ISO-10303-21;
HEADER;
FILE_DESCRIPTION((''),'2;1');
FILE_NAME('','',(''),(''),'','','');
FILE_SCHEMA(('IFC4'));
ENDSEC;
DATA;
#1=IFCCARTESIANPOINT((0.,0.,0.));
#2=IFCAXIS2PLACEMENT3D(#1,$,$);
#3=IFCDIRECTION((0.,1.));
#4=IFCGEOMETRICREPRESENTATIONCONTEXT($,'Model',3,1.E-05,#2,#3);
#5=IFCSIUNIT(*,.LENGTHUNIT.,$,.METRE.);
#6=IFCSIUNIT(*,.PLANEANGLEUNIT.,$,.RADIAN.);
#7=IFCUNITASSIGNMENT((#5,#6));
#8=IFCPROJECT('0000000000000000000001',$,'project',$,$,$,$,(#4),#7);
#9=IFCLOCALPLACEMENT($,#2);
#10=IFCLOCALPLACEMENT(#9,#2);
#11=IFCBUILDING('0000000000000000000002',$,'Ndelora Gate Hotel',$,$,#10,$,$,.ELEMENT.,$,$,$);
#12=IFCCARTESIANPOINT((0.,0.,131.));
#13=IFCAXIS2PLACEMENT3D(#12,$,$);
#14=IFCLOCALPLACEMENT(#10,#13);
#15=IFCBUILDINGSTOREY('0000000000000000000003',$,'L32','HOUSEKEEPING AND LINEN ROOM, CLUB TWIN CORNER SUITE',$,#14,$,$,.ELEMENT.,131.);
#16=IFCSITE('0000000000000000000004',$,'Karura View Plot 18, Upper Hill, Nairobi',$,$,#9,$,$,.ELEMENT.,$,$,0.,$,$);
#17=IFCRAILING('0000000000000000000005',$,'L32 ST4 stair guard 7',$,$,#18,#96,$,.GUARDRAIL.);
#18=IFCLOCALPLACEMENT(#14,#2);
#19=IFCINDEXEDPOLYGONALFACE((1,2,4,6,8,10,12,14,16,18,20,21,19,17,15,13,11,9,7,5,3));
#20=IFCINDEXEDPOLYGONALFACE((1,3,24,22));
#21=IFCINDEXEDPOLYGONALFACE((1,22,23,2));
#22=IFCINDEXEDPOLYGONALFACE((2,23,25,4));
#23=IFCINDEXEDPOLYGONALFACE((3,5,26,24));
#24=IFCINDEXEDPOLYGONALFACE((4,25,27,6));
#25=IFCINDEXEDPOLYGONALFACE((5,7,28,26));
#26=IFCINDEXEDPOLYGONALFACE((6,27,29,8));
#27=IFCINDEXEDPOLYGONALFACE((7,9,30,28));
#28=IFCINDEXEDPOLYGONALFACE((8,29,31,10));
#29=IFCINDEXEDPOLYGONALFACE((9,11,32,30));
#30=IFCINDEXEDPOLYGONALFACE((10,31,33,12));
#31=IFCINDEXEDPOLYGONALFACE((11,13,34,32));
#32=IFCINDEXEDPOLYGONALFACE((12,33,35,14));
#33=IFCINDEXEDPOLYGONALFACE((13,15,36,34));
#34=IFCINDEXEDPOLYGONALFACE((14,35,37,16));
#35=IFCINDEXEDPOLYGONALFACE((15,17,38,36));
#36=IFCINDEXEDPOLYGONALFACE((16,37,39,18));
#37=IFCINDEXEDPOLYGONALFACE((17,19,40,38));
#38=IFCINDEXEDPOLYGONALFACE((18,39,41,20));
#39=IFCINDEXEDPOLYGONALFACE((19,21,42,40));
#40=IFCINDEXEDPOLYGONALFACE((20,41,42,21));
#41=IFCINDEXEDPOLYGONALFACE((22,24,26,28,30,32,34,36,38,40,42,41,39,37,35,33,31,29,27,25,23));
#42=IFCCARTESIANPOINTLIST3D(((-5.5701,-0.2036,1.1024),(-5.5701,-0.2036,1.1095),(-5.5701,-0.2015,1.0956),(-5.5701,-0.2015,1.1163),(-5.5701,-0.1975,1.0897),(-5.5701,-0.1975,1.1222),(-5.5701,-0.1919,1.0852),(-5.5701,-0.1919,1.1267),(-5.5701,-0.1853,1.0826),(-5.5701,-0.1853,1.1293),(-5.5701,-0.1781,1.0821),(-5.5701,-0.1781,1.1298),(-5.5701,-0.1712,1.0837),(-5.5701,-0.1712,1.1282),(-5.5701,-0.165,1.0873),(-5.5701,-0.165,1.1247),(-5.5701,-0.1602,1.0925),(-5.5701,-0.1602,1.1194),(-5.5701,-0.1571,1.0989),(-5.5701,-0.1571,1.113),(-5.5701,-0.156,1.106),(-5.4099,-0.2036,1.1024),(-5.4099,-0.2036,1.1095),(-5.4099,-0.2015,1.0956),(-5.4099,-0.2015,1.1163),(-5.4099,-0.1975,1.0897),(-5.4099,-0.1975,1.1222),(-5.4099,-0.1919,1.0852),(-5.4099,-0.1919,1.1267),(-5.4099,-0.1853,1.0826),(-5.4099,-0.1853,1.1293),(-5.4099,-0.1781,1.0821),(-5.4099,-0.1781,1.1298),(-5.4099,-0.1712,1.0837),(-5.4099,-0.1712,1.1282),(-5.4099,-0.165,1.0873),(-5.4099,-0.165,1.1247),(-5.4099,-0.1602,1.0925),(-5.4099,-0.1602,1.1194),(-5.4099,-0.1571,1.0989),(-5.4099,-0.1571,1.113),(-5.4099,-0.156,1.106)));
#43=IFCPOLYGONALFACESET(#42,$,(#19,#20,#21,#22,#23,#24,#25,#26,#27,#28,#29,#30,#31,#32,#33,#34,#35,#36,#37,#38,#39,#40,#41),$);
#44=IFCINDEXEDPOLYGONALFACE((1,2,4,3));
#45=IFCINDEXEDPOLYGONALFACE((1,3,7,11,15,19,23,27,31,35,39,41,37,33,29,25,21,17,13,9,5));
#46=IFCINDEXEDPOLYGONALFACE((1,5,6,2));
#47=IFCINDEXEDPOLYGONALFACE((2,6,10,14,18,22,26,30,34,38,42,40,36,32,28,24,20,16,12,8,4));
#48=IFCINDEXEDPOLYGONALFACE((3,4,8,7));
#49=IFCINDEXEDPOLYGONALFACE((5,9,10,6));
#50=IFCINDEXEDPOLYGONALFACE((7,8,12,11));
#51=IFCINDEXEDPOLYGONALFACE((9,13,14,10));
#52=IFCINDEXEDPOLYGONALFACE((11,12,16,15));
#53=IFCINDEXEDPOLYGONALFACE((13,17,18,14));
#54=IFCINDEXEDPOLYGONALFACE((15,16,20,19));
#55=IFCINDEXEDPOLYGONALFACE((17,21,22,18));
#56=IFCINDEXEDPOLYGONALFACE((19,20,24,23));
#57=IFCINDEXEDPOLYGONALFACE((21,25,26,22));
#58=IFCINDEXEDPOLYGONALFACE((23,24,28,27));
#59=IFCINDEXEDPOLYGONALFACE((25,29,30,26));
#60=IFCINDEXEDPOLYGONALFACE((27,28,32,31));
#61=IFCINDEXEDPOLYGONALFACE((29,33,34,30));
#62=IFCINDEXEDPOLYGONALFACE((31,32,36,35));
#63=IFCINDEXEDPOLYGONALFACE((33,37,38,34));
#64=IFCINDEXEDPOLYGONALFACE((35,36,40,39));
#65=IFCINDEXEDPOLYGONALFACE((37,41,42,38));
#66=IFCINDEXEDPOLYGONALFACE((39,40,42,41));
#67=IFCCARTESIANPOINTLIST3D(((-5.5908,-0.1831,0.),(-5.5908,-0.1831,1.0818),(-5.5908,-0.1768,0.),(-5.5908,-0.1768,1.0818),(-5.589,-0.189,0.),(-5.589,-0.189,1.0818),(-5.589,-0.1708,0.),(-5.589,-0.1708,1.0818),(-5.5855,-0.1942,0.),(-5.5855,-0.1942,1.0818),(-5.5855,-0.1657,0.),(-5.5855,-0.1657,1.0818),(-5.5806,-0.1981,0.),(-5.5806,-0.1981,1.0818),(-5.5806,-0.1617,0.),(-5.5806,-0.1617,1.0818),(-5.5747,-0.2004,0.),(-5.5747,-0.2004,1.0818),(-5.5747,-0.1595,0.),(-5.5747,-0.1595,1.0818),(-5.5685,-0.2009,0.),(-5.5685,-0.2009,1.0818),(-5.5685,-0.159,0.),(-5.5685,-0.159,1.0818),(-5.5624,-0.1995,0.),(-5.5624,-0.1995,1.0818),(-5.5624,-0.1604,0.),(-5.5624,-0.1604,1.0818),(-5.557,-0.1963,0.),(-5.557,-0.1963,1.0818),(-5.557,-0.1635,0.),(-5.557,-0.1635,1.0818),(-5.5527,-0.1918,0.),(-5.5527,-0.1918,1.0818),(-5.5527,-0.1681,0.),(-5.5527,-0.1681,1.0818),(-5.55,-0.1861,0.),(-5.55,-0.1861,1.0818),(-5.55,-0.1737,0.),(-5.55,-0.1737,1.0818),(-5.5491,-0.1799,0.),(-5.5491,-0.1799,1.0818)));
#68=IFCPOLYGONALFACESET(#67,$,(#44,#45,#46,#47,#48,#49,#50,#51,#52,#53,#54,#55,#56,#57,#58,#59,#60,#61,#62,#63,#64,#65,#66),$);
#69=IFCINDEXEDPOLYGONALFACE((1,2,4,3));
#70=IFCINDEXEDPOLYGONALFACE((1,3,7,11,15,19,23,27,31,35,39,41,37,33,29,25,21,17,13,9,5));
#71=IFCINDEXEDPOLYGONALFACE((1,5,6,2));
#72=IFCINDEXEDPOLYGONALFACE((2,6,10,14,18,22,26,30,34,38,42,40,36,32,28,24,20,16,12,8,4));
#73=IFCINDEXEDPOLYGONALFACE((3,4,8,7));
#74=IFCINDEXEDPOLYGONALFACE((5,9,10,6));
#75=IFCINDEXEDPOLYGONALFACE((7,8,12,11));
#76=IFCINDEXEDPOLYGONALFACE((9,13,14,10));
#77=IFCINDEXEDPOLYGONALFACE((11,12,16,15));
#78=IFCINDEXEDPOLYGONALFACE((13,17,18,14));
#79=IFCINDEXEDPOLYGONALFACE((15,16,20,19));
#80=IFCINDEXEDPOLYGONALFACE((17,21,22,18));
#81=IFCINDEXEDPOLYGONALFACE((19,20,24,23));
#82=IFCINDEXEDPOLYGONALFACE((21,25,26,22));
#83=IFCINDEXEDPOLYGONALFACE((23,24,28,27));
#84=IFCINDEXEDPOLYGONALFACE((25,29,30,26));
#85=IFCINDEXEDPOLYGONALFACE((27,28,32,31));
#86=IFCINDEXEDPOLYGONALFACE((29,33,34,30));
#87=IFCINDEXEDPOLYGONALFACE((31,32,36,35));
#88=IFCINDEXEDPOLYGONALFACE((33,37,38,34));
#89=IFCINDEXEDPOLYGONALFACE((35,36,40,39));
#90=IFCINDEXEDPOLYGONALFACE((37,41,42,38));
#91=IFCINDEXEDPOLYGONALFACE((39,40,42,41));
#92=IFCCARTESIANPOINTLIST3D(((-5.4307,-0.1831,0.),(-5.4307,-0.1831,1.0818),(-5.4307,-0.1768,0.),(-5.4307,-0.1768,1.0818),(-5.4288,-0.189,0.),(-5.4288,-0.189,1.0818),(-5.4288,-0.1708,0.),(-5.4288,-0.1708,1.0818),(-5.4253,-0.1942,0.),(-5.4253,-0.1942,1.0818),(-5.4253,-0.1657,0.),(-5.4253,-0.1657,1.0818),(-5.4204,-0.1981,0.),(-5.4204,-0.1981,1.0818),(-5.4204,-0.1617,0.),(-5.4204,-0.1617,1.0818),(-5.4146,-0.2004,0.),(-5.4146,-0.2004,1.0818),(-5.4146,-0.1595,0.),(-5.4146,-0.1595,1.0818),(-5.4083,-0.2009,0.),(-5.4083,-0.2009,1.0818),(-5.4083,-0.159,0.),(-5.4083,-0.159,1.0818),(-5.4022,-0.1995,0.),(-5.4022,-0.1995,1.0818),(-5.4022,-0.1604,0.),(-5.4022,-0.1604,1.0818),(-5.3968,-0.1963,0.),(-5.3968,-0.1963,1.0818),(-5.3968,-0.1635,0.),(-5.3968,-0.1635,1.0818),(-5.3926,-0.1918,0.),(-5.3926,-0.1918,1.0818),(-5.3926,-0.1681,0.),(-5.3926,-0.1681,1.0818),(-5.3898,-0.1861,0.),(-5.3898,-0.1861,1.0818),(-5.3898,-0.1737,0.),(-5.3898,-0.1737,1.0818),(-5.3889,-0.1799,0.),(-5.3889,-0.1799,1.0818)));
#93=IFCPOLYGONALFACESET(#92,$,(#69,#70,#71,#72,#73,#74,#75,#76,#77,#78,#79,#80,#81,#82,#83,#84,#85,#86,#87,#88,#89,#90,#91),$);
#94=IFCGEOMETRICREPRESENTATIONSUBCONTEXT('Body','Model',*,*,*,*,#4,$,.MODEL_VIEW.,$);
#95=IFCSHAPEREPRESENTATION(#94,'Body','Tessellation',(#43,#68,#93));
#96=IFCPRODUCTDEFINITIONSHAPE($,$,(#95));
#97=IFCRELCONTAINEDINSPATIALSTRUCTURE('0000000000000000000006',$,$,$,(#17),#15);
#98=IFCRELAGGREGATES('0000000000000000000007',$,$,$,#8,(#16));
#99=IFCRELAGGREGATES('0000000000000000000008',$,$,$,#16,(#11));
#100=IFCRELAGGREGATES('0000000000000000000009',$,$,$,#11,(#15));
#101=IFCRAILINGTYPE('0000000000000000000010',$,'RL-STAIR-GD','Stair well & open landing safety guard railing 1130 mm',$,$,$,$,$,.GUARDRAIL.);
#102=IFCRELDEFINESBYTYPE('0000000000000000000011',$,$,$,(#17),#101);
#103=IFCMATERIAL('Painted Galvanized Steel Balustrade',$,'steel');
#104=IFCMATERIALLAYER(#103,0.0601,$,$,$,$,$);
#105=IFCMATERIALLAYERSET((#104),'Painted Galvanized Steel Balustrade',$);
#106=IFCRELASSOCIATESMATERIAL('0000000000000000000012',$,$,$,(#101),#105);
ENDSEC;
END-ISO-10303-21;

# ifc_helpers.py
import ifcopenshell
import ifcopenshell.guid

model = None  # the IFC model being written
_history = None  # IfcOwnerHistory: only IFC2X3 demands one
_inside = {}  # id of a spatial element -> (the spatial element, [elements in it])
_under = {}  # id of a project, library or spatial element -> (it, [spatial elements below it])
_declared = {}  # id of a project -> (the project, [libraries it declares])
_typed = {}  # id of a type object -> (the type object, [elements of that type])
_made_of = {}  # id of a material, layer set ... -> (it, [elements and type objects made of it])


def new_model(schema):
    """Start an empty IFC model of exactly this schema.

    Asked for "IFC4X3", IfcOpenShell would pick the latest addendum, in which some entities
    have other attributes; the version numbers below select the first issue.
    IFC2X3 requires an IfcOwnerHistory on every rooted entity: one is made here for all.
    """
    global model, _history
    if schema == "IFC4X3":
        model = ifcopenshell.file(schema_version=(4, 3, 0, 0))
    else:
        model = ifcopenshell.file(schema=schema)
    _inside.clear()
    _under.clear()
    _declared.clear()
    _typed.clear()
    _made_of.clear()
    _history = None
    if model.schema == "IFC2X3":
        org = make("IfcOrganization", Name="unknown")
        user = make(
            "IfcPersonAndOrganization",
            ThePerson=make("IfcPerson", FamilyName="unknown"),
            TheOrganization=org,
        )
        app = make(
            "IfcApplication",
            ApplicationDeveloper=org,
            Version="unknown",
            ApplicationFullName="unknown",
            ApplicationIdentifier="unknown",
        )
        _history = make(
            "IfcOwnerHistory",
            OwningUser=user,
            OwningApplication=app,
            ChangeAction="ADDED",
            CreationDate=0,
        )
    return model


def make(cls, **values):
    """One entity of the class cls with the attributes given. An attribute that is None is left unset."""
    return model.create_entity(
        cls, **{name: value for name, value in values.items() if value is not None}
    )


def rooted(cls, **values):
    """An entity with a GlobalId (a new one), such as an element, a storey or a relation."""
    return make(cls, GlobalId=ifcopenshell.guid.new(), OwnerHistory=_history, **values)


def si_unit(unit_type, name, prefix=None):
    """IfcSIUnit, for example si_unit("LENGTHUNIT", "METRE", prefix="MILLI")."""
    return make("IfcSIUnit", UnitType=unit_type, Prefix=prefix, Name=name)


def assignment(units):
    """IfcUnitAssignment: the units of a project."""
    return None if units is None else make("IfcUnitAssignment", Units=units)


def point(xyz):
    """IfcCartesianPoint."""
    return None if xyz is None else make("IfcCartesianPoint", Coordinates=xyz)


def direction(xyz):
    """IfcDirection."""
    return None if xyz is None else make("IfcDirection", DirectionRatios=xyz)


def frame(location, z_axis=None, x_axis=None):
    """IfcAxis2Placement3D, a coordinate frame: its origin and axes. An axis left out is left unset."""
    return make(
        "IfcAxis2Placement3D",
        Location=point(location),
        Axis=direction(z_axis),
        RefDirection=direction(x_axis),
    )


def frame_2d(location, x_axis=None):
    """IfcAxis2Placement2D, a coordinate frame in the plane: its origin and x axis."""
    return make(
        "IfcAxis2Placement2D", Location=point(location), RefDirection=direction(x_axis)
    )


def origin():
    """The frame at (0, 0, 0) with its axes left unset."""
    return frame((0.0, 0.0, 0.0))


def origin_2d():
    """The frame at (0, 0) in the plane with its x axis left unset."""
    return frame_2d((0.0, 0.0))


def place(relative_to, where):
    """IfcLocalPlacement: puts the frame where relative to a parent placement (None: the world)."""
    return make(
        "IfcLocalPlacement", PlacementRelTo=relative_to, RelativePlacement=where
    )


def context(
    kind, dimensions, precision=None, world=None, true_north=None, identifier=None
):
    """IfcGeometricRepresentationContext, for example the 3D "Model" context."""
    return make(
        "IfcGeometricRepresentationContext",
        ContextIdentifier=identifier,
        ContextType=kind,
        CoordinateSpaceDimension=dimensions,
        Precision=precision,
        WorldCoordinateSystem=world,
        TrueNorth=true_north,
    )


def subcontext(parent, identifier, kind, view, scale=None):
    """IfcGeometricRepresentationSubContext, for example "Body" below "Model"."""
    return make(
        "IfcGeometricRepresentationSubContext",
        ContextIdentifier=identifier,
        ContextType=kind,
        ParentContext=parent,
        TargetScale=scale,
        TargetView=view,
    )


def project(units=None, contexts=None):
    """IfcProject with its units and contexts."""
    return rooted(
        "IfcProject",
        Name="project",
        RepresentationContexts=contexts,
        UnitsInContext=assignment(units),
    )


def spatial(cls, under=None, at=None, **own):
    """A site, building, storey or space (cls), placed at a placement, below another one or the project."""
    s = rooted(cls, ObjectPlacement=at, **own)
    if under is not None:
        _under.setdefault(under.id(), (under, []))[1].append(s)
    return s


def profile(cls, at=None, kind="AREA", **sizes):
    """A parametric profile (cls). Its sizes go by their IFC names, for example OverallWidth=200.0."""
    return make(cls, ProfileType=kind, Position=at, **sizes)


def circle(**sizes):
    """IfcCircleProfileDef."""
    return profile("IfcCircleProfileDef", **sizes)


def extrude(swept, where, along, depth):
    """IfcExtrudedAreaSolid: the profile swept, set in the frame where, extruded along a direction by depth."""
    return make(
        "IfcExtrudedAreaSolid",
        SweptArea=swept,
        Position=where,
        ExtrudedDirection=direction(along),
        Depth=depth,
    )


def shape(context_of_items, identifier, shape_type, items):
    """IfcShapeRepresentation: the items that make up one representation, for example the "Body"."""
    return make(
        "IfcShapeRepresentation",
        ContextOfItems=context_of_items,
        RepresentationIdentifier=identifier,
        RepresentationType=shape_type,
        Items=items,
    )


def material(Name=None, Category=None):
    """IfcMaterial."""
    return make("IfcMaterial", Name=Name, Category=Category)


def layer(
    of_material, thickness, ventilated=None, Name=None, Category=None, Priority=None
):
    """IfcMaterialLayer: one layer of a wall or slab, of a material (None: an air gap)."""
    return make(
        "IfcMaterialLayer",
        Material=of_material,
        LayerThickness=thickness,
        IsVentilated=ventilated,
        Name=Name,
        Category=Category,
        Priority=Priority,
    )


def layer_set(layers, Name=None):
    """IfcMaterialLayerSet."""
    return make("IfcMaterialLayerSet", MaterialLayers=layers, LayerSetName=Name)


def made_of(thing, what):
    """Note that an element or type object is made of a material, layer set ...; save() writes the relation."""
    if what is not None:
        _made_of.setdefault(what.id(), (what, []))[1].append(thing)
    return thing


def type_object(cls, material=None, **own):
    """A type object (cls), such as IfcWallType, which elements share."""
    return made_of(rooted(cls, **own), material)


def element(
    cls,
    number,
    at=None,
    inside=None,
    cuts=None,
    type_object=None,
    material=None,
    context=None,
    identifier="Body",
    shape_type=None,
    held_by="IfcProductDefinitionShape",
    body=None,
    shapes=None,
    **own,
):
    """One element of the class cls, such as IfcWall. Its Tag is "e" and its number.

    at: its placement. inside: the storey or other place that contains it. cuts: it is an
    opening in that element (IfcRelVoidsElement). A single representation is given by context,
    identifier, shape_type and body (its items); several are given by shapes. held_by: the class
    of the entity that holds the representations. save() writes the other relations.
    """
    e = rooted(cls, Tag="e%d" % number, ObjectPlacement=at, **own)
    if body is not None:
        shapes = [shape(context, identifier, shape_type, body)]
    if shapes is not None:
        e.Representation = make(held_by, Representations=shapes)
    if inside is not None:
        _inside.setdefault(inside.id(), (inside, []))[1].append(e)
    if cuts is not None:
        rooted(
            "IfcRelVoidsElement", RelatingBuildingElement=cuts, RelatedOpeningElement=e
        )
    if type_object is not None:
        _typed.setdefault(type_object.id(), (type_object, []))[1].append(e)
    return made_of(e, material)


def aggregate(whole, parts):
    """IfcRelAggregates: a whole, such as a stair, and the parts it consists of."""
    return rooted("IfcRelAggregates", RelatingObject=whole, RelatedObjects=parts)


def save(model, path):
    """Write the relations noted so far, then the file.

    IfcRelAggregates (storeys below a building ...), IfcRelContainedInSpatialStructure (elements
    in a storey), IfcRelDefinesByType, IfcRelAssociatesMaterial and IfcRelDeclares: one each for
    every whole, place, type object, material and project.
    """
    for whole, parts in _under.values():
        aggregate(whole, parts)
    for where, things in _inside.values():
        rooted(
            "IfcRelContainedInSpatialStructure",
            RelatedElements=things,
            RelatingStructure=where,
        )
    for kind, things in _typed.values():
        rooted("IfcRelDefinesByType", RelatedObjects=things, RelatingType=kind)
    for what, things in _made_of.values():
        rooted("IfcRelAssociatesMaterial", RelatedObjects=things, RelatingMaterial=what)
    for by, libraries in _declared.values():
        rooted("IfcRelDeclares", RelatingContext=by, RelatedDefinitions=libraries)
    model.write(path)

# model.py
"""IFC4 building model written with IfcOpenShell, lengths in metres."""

from ifc_helpers import new_model, si_unit, direction, frame, origin, origin_2d, place, context, subcontext, project, spatial, circle, extrude, material, layer, layer_set, type_object, element, save


model = new_model("IFC4")

# Units and contexts
model_context = context("Model", 3, precision=1e-05, world=origin(), true_north=direction((0.0, 1.0)))
body_context = subcontext(model_context, "Body", "Model", "MODEL_VIEW")
ifc_project = project(units=[si_unit("LENGTHUNIT", "METRE"), si_unit("PLANEANGLEUNIT", "RADIAN")], contexts=[model_context])

# Site, building, storey
site_placement = place(None, origin())
site = spatial("IfcSite", under=ifc_project, at=site_placement, Name="Karura View Plot 18, Upper Hill, Nairobi", CompositionType="ELEMENT", RefElevation=0.0)
building_placement = place(site_placement, origin())
building = spatial("IfcBuilding", under=site, at=building_placement, Name="Ndelora Gate Hotel", CompositionType="ELEMENT")
storey_placement = place(building_placement, frame((0.0, 0.0, 131.0)))
storey = spatial("IfcBuildingStorey", under=building, at=storey_placement, Name="L32", Description="HOUSEKEEPING AND LINEN ROOM, CLUB TWIN CORNER SUITE", CompositionType="ELEMENT", Elevation=131.0)

# Railing
ifc_material_1 = material(Name="Painted Galvanized Steel Balustrade", Category="steel")
ifc_layer_1 = layer(ifc_material_1, 0.0601)
ifc_layer_set_1 = layer_set([ifc_layer_1], Name="Painted Galvanized Steel Balustrade")
railing_type_1 = type_object("IfcRailingType", Name="RL-STAIR-GD", Description="Stair well & open landing safety guard railing 1130 mm", PredefinedType="GUARDRAIL", material=ifc_layer_set_1)
railing_1_placement = place(storey_placement, frame((-5.5701, -0.1799, 0.0)))
element("IfcRailing", 1, at=railing_1_placement, inside=storey, type_object=railing_type_1, Name="L32 ST4 stair guard 7", PredefinedType="GUARDRAIL", context=body_context, shape_type="SweptSolid", body=[
    extrude(circle(Radius=0.0239, at=origin_2d()), frame((0.0, 0.0, 1.106), z_axis=(1.0, 0.0, 0.0), x_axis=(0.0, 1.0, 0.0)), (0.0, 0.0, 1.0), 0.1602),
    extrude(circle(Radius=0.021, at=origin_2d()), origin(), (0.0, 0.0, 1.0), 1.0818),
    extrude(circle(Radius=0.021, at=origin_2d()), frame((0.1602, 0.0, 0.0)), (0.0, 0.0, 1.0), 1.0818),
])

save(model, "model.ifc")
